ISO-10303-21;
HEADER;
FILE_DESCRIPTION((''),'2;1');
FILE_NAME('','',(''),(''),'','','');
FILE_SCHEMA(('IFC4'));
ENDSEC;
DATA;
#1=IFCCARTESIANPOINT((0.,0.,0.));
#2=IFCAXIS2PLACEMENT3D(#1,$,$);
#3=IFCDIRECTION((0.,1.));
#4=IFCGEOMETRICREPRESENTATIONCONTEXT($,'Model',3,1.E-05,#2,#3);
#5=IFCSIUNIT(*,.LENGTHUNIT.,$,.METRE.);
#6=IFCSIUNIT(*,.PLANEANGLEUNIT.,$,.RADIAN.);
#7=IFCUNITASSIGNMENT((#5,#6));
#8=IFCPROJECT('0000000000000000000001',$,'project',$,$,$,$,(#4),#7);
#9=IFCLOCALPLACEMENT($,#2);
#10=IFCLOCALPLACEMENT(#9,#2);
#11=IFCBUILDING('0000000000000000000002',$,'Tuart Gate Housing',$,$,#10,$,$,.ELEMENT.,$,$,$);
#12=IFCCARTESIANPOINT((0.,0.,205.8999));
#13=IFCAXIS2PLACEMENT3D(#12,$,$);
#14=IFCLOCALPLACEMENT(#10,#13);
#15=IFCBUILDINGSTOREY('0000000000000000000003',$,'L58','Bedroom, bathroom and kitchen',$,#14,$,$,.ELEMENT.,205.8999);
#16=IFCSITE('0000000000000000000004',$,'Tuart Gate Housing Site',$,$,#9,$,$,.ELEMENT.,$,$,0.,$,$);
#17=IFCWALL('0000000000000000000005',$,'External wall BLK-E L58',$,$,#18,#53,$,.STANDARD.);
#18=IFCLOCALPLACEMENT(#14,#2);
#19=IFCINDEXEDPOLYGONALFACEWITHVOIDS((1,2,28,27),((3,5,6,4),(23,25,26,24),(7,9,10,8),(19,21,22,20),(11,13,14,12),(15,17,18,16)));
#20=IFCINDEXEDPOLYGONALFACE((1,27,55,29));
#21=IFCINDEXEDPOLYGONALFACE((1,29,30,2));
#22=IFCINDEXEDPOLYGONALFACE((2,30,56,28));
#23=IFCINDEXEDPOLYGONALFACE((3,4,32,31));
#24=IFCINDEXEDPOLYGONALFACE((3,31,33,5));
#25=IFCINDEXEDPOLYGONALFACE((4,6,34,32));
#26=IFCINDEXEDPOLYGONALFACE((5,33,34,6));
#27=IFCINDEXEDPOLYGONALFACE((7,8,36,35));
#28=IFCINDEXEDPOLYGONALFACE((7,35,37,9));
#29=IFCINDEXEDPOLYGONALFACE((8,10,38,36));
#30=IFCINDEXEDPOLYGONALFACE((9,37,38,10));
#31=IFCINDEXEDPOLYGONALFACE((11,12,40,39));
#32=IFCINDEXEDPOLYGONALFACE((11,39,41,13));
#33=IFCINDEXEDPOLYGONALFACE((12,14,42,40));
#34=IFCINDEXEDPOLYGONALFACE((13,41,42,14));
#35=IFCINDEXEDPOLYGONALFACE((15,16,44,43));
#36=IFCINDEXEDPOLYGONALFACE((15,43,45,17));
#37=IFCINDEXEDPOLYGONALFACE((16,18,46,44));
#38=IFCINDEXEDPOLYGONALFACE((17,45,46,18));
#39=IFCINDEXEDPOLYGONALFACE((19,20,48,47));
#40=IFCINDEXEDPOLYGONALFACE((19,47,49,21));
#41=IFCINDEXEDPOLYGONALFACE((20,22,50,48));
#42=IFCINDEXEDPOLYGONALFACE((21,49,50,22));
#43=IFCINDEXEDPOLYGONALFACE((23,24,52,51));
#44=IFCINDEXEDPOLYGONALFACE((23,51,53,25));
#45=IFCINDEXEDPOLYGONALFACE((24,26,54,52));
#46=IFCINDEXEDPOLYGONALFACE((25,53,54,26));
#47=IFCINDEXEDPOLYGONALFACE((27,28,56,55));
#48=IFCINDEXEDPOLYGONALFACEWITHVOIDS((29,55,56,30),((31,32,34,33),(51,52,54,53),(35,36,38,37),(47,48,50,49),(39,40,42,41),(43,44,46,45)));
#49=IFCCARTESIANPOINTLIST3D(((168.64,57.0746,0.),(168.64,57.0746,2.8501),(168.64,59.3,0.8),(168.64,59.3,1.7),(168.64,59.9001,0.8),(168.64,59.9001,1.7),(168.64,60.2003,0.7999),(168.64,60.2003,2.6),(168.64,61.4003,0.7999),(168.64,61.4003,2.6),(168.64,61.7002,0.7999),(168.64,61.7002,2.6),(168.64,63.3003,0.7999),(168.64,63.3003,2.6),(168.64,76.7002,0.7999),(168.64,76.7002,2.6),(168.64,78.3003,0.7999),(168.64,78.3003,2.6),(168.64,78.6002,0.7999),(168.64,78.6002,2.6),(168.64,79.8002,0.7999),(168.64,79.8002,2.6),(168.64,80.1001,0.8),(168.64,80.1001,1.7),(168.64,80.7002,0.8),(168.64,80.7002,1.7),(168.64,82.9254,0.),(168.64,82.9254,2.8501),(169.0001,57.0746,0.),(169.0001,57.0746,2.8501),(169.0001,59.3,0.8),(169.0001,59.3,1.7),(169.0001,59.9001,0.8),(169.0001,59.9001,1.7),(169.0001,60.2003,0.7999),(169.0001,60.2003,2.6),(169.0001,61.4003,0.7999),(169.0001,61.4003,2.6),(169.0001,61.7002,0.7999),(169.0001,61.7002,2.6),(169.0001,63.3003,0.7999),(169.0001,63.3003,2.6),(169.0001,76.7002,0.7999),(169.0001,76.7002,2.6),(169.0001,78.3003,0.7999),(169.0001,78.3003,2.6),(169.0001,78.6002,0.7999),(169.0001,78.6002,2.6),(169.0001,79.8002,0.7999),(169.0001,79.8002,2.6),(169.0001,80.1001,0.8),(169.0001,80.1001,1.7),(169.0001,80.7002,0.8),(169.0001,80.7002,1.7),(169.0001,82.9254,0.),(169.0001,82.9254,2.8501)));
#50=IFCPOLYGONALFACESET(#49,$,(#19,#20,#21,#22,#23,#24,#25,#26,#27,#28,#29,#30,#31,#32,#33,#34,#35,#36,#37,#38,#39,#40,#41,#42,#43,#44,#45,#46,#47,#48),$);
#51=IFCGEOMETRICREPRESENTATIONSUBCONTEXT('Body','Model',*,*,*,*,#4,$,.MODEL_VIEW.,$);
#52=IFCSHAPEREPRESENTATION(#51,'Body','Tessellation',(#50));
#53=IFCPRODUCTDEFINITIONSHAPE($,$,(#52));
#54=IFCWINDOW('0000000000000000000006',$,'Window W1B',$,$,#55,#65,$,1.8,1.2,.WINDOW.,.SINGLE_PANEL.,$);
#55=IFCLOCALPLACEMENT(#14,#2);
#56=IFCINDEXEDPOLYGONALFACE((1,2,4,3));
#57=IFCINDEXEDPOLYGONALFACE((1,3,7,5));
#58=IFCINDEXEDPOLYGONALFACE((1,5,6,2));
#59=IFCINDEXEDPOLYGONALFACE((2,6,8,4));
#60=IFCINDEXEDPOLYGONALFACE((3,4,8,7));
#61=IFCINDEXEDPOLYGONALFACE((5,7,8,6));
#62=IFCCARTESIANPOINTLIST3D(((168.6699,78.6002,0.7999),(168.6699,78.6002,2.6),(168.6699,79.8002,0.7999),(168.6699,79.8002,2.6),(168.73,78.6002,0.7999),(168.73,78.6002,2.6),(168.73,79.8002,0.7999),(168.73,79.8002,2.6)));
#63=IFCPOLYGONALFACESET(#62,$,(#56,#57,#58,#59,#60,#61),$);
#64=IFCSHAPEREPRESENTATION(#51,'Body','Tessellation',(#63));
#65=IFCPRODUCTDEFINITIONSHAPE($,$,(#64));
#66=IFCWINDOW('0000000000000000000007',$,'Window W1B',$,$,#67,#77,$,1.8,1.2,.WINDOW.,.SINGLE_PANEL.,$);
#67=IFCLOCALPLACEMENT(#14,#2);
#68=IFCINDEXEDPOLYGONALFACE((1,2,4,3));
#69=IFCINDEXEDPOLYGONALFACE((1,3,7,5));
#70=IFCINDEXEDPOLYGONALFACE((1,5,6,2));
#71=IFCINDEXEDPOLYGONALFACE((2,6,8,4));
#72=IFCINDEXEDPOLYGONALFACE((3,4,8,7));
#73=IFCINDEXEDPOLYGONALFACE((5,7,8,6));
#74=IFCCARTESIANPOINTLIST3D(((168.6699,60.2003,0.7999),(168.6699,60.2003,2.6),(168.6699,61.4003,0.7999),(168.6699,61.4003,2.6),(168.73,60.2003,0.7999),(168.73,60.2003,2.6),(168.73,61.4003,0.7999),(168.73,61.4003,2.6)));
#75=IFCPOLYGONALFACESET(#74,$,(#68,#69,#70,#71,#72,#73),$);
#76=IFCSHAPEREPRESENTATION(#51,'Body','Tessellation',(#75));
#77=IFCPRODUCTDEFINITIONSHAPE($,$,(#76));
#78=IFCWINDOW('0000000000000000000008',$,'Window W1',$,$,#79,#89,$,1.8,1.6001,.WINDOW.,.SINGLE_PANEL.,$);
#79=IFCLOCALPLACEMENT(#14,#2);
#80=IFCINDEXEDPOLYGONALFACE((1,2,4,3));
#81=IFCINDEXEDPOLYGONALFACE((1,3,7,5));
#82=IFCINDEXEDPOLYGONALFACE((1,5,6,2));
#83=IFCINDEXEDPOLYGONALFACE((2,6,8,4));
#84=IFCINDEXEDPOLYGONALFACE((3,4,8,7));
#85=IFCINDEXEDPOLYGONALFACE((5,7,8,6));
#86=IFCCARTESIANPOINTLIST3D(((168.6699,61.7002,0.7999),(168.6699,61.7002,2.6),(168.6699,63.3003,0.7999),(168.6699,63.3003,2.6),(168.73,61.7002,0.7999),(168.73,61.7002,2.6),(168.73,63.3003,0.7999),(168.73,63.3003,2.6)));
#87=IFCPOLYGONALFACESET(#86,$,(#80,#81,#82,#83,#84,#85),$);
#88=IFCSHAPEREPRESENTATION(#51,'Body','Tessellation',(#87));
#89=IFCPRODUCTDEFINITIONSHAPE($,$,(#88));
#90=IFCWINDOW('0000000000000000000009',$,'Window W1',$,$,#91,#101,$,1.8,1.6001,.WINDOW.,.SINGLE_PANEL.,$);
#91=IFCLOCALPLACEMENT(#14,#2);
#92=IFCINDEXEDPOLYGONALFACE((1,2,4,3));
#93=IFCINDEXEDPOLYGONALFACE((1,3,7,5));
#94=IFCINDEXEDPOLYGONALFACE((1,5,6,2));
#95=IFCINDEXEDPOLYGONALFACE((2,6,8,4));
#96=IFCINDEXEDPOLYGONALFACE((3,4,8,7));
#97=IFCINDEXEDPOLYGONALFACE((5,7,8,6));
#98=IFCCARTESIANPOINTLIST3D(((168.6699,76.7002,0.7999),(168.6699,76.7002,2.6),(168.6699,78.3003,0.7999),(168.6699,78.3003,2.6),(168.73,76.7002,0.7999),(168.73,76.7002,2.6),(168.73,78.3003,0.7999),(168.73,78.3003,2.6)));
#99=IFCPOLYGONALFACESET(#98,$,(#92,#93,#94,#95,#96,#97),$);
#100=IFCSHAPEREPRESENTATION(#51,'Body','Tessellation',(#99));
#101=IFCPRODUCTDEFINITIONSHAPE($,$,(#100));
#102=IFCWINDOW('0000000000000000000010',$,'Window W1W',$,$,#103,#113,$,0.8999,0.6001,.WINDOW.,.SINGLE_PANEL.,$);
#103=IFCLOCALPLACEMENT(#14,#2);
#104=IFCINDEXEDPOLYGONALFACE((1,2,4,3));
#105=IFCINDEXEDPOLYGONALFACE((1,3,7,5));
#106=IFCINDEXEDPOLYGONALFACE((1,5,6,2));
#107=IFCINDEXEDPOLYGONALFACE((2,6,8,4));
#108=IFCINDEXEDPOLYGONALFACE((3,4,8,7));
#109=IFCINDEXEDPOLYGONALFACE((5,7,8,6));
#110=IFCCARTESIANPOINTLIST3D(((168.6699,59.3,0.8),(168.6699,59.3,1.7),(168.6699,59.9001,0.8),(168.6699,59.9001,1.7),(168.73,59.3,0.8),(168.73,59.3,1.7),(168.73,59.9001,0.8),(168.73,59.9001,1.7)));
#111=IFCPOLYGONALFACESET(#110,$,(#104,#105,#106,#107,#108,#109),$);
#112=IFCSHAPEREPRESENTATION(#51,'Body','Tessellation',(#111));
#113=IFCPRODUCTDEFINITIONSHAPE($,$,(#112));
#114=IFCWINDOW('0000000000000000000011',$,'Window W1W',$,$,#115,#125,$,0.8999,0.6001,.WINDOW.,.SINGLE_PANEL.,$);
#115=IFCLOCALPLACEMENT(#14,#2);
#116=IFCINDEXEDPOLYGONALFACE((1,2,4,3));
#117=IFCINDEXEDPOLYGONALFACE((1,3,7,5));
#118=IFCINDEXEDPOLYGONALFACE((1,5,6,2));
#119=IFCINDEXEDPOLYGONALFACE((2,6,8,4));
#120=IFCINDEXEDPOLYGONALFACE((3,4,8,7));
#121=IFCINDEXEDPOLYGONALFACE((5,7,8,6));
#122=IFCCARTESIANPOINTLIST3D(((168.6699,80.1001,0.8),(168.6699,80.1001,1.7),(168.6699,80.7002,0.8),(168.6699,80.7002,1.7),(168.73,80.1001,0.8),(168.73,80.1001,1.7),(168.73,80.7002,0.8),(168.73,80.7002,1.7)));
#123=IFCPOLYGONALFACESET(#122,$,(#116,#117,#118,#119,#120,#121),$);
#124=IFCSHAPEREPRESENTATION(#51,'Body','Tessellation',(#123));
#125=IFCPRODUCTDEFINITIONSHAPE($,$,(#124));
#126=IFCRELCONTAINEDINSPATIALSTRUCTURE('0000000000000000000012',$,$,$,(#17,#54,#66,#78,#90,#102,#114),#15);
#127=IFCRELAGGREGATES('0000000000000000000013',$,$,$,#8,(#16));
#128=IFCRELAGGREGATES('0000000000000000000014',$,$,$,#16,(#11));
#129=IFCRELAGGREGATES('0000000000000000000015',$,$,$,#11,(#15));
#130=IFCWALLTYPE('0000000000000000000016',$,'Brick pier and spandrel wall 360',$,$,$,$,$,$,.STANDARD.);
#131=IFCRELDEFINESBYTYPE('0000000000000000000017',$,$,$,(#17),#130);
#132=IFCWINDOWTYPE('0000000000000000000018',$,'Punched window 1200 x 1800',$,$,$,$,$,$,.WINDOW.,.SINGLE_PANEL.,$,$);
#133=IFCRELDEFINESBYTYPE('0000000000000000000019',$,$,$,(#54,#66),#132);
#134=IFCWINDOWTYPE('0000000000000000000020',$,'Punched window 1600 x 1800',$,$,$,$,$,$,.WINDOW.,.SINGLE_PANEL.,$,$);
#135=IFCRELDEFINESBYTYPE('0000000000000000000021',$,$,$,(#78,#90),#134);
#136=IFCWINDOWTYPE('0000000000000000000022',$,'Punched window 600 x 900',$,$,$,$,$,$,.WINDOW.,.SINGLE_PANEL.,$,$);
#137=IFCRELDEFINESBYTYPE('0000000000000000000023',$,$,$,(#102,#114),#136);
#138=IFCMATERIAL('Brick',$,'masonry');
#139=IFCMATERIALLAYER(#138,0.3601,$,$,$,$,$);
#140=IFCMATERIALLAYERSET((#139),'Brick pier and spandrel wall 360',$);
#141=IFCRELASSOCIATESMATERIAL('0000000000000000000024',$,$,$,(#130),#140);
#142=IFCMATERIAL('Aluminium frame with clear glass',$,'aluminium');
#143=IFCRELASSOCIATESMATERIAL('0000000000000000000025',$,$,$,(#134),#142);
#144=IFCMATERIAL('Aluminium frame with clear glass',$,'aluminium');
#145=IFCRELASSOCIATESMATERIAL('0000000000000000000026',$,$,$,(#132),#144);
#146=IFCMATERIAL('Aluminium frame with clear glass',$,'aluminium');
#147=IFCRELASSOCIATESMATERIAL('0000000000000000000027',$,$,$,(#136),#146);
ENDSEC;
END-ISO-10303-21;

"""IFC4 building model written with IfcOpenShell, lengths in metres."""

from ifc_helpers import new_model, si_unit, direction, frame, frame_2d, origin, place, context, subcontext, project, spatial, rectangle, extrude, material, layer, layer_set, type_object, element, fill, save


model = new_model("IFC4")

# Units and contexts
model_context = context("Model", 3, precision=1e-05, world=origin(), true_north=direction((0.0, 1.0)))
body_context = subcontext(model_context, "Body", "Model", "MODEL_VIEW")
ifc_project = project(units=[si_unit("LENGTHUNIT", "METRE"), si_unit("PLANEANGLEUNIT", "RADIAN")], contexts=[model_context])

# Site, building, storey
site_placement = place(None, origin())
site = spatial("IfcSite", under=ifc_project, at=site_placement, Name="Tuart Gate Housing Site", CompositionType="ELEMENT", RefElevation=0.0)
building_placement = place(site_placement, origin())
building = spatial("IfcBuilding", under=site, at=building_placement, Name="Tuart Gate Housing", CompositionType="ELEMENT")
storey_placement = place(building_placement, frame((0.0, 0.0, 205.8999)))
storey = spatial("IfcBuildingStorey", under=building, at=storey_placement, Name="L58", Description="Bedroom, bathroom and kitchen", CompositionType="ELEMENT", Elevation=205.8999)

# Shared definitions
ifc_material_1 = material(Name="Brick", Category="masonry")
ifc_layer_1 = layer(ifc_material_1, 0.3601)
ifc_layer_set_1 = layer_set([ifc_layer_1], Name="Brick pier and spandrel wall 360")
wall_type_1 = type_object("IfcWallType", Name="Brick pier and spandrel wall 360", PredefinedType="STANDARD", material=ifc_layer_set_1)
ifc_material_2 = material(Name="Aluminium frame with clear glass", Category="aluminium")
window_type_1 = type_object("IfcWindowType", Name="Punched window 1600 x 1800", PartitioningType="SINGLE_PANEL", PredefinedType="WINDOW", material=ifc_material_2)

# Wall, openings, windows
wall_1_placement = place(storey_placement, frame((168.8201, 57.0747, 0.0), z_axis=(0.0, 0.0, 1.0), x_axis=(0.0, 1.0, 0.0)))
wall_1 = element("IfcWall", 1, at=wall_1_placement, inside=storey, type_object=wall_type_1, Name="External wall BLK-E L58", PredefinedType="STANDARD", context=body_context, shape_type="SweptSolid", body=[
    extrude(rectangle(XDim=25.8508, YDim=0.3601, at=frame_2d((12.9253, 0.0))), origin(), (0.0, 0.0, 1.0), 2.8501),
])
opening_1_placement = place(wall_1_placement, frame((2.2253, 0.0, 0.8)))
opening_1 = element("IfcOpeningElement", 2, at=opening_1_placement, cuts=wall_1, PredefinedType="OPENING", context=body_context, shape_type="SweptSolid", body=[
    extrude(rectangle(XDim=0.6001, YDim=0.8999, at=frame_2d((0.3, 0.45))), frame((0.0, 0.1899, 0.0), z_axis=(0.0, -1.0, 0.0), x_axis=(1.0, 0.0, 0.0)), (0.0, 0.0, 1.0), 0.3801),
])
opening_2_placement = place(wall_1_placement, frame((4.6255, 0.0, 0.8)))
opening_2 = element("IfcOpeningElement", 3, at=opening_2_placement, cuts=wall_1, PredefinedType="OPENING", context=body_context, shape_type="SweptSolid", body=[
    extrude(rectangle(XDim=1.6001, YDim=1.8, at=frame_2d((0.8, 0.8999))), frame((0.0, 0.1899, 0.0), z_axis=(0.0, -1.0, 0.0), x_axis=(1.0, 0.0, 0.0)), (0.0, 0.0, 1.0), 0.3801),
])
opening_3_placement = place(wall_1_placement, frame((19.6255, 0.0, 0.8)))
opening_3 = element("IfcOpeningElement", 4, at=opening_3_placement, cuts=wall_1, PredefinedType="OPENING", context=body_context, shape_type="SweptSolid", body=[
    extrude(rectangle(XDim=1.6001, YDim=1.8, at=frame_2d((0.8, 0.8999))), frame((0.0, 0.1899, 0.0), z_axis=(0.0, -1.0, 0.0), x_axis=(1.0, 0.0, 0.0)), (0.0, 0.0, 1.0), 0.3801),
])
opening_4_placement = place(wall_1_placement, frame((21.5254, 0.0, 0.8)))
opening_4 = element("IfcOpeningElement", 5, at=opening_4_placement, cuts=wall_1, PredefinedType="OPENING", context=body_context, shape_type="SweptSolid", body=[
    extrude(rectangle(XDim=1.2, YDim=1.8, at=frame_2d((0.6001, 0.8999))), frame((0.0, 0.1899, 0.0), z_axis=(0.0, -1.0, 0.0), x_axis=(1.0, 0.0, 0.0)), (0.0, 0.0, 1.0), 0.3801),
])
opening_5_placement = place(wall_1_placement, frame((3.1255, 0.0, 0.8)))
opening_5 = element("IfcOpeningElement", 6, at=opening_5_placement, cuts=wall_1, PredefinedType="OPENING", context=body_context, shape_type="SweptSolid", body=[
    extrude(rectangle(XDim=1.2, YDim=1.8, at=frame_2d((0.6001, 0.8999))), frame((0.0, 0.1899, 0.0), z_axis=(0.0, -1.0, 0.0), x_axis=(1.0, 0.0, 0.0)), (0.0, 0.0, 1.0), 0.3801),
])
opening_6_placement = place(wall_1_placement, frame((23.0254, 0.0, 0.8)))
opening_6 = element("IfcOpeningElement", 7, at=opening_6_placement, cuts=wall_1, PredefinedType="OPENING", context=body_context, shape_type="SweptSolid", body=[
    extrude(rectangle(XDim=0.6001, YDim=0.8999, at=frame_2d((0.3, 0.45))), frame((0.0, 0.1899, 0.0), z_axis=(0.0, -1.0, 0.0), x_axis=(1.0, 0.0, 0.0)), (0.0, 0.0, 1.0), 0.3801),
])
ifc_material_3 = material(Name="Aluminium frame with clear glass", Category="aluminium")
window_type_2 = type_object("IfcWindowType", Name="Punched window 1200 x 1800", PartitioningType="SINGLE_PANEL", PredefinedType="WINDOW", material=ifc_material_3)
window_1_placement = place(opening_4_placement, origin())
window_1 = element("IfcWindow", 8, at=window_1_placement, inside=storey, type_object=window_type_2, Name="Window W1B", OverallHeight=1.8, OverallWidth=1.2, PartitioningType="SINGLE_PANEL", PredefinedType="WINDOW", context=body_context, shape_type="SweptSolid", body=[
    extrude(rectangle(XDim=1.2, YDim=1.8, at=frame_2d((0.6001, 0.8999))), frame((0.0, 0.1501, 0.0), z_axis=(0.0, -1.0, 0.0), x_axis=(1.0, 0.0, 0.0)), (0.0, 0.0, 1.0), 0.0601),
])
fill(opening_4, window_1)
window_2_placement = place(opening_5_placement, origin())
window_2 = element("IfcWindow", 9, at=window_2_placement, inside=storey, type_object=window_type_2, Name="Window W1B", OverallHeight=1.8, OverallWidth=1.2, PartitioningType="SINGLE_PANEL", PredefinedType="WINDOW", context=body_context, shape_type="SweptSolid", body=[
    extrude(rectangle(XDim=1.2, YDim=1.8, at=frame_2d((0.6001, 0.8999))), frame((0.0, 0.1501, 0.0), z_axis=(0.0, -1.0, 0.0), x_axis=(1.0, 0.0, 0.0)), (0.0, 0.0, 1.0), 0.0601),
])
fill(opening_5, window_2)
window_3_placement = place(opening_2_placement, origin())
window_3 = element("IfcWindow", 10, at=window_3_placement, inside=storey, type_object=window_type_1, Name="Window W1", OverallHeight=1.8, OverallWidth=1.6001, PartitioningType="SINGLE_PANEL", PredefinedType="WINDOW", context=body_context, shape_type="SweptSolid", body=[
    extrude(rectangle(XDim=1.6001, YDim=1.8, at=frame_2d((0.8, 0.8999))), frame((0.0, 0.1501, 0.0), z_axis=(0.0, -1.0, 0.0), x_axis=(1.0, 0.0, 0.0)), (0.0, 0.0, 1.0), 0.0601),
])
fill(opening_2, window_3)
window_4_placement = place(opening_3_placement, origin())
window_4 = element("IfcWindow", 11, at=window_4_placement, inside=storey, type_object=window_type_1, Name="Window W1", OverallHeight=1.8, OverallWidth=1.6001, PartitioningType="SINGLE_PANEL", PredefinedType="WINDOW", context=body_context, shape_type="SweptSolid", body=[
    extrude(rectangle(XDim=1.6001, YDim=1.8, at=frame_2d((0.8, 0.8999))), frame((0.0, 0.1501, 0.0), z_axis=(0.0, -1.0, 0.0), x_axis=(1.0, 0.0, 0.0)), (0.0, 0.0, 1.0), 0.0601),
])
fill(opening_3, window_4)
ifc_material_4 = material(Name="Aluminium frame with clear glass", Category="aluminium")
window_type_3 = type_object("IfcWindowType", Name="Punched window 600 x 900", PartitioningType="SINGLE_PANEL", PredefinedType="WINDOW", material=ifc_material_4)
window_5_placement = place(opening_1_placement, origin())
window_5 = element("IfcWindow", 12, at=window_5_placement, inside=storey, type_object=window_type_3, Name="Window W1W", OverallHeight=0.8999, OverallWidth=0.6001, PartitioningType="SINGLE_PANEL", PredefinedType="WINDOW", context=body_context, shape_type="SweptSolid", body=[
    extrude(rectangle(XDim=0.6001, YDim=0.8999, at=frame_2d((0.3, 0.45))), frame((0.0, 0.1501, 0.0), z_axis=(0.0, -1.0, 0.0), x_axis=(1.0, 0.0, 0.0)), (0.0, 0.0, 1.0), 0.0601),
])
fill(opening_1, window_5)
window_6_placement = place(opening_6_placement, origin())
window_6 = element("IfcWindow", 13, at=window_6_placement, inside=storey, type_object=window_type_3, Name="Window W1W", OverallHeight=0.8999, OverallWidth=0.6001, PartitioningType="SINGLE_PANEL", PredefinedType="WINDOW", context=body_context, shape_type="SweptSolid", body=[
    extrude(rectangle(XDim=0.6001, YDim=0.8999, at=frame_2d((0.3, 0.45))), frame((0.0, 0.1501, 0.0), z_axis=(0.0, -1.0, 0.0), x_axis=(1.0, 0.0, 0.0)), (0.0, 0.0, 1.0), 0.0601),
])
fill(opening_6, window_6)

save(model, "model.ifc")
